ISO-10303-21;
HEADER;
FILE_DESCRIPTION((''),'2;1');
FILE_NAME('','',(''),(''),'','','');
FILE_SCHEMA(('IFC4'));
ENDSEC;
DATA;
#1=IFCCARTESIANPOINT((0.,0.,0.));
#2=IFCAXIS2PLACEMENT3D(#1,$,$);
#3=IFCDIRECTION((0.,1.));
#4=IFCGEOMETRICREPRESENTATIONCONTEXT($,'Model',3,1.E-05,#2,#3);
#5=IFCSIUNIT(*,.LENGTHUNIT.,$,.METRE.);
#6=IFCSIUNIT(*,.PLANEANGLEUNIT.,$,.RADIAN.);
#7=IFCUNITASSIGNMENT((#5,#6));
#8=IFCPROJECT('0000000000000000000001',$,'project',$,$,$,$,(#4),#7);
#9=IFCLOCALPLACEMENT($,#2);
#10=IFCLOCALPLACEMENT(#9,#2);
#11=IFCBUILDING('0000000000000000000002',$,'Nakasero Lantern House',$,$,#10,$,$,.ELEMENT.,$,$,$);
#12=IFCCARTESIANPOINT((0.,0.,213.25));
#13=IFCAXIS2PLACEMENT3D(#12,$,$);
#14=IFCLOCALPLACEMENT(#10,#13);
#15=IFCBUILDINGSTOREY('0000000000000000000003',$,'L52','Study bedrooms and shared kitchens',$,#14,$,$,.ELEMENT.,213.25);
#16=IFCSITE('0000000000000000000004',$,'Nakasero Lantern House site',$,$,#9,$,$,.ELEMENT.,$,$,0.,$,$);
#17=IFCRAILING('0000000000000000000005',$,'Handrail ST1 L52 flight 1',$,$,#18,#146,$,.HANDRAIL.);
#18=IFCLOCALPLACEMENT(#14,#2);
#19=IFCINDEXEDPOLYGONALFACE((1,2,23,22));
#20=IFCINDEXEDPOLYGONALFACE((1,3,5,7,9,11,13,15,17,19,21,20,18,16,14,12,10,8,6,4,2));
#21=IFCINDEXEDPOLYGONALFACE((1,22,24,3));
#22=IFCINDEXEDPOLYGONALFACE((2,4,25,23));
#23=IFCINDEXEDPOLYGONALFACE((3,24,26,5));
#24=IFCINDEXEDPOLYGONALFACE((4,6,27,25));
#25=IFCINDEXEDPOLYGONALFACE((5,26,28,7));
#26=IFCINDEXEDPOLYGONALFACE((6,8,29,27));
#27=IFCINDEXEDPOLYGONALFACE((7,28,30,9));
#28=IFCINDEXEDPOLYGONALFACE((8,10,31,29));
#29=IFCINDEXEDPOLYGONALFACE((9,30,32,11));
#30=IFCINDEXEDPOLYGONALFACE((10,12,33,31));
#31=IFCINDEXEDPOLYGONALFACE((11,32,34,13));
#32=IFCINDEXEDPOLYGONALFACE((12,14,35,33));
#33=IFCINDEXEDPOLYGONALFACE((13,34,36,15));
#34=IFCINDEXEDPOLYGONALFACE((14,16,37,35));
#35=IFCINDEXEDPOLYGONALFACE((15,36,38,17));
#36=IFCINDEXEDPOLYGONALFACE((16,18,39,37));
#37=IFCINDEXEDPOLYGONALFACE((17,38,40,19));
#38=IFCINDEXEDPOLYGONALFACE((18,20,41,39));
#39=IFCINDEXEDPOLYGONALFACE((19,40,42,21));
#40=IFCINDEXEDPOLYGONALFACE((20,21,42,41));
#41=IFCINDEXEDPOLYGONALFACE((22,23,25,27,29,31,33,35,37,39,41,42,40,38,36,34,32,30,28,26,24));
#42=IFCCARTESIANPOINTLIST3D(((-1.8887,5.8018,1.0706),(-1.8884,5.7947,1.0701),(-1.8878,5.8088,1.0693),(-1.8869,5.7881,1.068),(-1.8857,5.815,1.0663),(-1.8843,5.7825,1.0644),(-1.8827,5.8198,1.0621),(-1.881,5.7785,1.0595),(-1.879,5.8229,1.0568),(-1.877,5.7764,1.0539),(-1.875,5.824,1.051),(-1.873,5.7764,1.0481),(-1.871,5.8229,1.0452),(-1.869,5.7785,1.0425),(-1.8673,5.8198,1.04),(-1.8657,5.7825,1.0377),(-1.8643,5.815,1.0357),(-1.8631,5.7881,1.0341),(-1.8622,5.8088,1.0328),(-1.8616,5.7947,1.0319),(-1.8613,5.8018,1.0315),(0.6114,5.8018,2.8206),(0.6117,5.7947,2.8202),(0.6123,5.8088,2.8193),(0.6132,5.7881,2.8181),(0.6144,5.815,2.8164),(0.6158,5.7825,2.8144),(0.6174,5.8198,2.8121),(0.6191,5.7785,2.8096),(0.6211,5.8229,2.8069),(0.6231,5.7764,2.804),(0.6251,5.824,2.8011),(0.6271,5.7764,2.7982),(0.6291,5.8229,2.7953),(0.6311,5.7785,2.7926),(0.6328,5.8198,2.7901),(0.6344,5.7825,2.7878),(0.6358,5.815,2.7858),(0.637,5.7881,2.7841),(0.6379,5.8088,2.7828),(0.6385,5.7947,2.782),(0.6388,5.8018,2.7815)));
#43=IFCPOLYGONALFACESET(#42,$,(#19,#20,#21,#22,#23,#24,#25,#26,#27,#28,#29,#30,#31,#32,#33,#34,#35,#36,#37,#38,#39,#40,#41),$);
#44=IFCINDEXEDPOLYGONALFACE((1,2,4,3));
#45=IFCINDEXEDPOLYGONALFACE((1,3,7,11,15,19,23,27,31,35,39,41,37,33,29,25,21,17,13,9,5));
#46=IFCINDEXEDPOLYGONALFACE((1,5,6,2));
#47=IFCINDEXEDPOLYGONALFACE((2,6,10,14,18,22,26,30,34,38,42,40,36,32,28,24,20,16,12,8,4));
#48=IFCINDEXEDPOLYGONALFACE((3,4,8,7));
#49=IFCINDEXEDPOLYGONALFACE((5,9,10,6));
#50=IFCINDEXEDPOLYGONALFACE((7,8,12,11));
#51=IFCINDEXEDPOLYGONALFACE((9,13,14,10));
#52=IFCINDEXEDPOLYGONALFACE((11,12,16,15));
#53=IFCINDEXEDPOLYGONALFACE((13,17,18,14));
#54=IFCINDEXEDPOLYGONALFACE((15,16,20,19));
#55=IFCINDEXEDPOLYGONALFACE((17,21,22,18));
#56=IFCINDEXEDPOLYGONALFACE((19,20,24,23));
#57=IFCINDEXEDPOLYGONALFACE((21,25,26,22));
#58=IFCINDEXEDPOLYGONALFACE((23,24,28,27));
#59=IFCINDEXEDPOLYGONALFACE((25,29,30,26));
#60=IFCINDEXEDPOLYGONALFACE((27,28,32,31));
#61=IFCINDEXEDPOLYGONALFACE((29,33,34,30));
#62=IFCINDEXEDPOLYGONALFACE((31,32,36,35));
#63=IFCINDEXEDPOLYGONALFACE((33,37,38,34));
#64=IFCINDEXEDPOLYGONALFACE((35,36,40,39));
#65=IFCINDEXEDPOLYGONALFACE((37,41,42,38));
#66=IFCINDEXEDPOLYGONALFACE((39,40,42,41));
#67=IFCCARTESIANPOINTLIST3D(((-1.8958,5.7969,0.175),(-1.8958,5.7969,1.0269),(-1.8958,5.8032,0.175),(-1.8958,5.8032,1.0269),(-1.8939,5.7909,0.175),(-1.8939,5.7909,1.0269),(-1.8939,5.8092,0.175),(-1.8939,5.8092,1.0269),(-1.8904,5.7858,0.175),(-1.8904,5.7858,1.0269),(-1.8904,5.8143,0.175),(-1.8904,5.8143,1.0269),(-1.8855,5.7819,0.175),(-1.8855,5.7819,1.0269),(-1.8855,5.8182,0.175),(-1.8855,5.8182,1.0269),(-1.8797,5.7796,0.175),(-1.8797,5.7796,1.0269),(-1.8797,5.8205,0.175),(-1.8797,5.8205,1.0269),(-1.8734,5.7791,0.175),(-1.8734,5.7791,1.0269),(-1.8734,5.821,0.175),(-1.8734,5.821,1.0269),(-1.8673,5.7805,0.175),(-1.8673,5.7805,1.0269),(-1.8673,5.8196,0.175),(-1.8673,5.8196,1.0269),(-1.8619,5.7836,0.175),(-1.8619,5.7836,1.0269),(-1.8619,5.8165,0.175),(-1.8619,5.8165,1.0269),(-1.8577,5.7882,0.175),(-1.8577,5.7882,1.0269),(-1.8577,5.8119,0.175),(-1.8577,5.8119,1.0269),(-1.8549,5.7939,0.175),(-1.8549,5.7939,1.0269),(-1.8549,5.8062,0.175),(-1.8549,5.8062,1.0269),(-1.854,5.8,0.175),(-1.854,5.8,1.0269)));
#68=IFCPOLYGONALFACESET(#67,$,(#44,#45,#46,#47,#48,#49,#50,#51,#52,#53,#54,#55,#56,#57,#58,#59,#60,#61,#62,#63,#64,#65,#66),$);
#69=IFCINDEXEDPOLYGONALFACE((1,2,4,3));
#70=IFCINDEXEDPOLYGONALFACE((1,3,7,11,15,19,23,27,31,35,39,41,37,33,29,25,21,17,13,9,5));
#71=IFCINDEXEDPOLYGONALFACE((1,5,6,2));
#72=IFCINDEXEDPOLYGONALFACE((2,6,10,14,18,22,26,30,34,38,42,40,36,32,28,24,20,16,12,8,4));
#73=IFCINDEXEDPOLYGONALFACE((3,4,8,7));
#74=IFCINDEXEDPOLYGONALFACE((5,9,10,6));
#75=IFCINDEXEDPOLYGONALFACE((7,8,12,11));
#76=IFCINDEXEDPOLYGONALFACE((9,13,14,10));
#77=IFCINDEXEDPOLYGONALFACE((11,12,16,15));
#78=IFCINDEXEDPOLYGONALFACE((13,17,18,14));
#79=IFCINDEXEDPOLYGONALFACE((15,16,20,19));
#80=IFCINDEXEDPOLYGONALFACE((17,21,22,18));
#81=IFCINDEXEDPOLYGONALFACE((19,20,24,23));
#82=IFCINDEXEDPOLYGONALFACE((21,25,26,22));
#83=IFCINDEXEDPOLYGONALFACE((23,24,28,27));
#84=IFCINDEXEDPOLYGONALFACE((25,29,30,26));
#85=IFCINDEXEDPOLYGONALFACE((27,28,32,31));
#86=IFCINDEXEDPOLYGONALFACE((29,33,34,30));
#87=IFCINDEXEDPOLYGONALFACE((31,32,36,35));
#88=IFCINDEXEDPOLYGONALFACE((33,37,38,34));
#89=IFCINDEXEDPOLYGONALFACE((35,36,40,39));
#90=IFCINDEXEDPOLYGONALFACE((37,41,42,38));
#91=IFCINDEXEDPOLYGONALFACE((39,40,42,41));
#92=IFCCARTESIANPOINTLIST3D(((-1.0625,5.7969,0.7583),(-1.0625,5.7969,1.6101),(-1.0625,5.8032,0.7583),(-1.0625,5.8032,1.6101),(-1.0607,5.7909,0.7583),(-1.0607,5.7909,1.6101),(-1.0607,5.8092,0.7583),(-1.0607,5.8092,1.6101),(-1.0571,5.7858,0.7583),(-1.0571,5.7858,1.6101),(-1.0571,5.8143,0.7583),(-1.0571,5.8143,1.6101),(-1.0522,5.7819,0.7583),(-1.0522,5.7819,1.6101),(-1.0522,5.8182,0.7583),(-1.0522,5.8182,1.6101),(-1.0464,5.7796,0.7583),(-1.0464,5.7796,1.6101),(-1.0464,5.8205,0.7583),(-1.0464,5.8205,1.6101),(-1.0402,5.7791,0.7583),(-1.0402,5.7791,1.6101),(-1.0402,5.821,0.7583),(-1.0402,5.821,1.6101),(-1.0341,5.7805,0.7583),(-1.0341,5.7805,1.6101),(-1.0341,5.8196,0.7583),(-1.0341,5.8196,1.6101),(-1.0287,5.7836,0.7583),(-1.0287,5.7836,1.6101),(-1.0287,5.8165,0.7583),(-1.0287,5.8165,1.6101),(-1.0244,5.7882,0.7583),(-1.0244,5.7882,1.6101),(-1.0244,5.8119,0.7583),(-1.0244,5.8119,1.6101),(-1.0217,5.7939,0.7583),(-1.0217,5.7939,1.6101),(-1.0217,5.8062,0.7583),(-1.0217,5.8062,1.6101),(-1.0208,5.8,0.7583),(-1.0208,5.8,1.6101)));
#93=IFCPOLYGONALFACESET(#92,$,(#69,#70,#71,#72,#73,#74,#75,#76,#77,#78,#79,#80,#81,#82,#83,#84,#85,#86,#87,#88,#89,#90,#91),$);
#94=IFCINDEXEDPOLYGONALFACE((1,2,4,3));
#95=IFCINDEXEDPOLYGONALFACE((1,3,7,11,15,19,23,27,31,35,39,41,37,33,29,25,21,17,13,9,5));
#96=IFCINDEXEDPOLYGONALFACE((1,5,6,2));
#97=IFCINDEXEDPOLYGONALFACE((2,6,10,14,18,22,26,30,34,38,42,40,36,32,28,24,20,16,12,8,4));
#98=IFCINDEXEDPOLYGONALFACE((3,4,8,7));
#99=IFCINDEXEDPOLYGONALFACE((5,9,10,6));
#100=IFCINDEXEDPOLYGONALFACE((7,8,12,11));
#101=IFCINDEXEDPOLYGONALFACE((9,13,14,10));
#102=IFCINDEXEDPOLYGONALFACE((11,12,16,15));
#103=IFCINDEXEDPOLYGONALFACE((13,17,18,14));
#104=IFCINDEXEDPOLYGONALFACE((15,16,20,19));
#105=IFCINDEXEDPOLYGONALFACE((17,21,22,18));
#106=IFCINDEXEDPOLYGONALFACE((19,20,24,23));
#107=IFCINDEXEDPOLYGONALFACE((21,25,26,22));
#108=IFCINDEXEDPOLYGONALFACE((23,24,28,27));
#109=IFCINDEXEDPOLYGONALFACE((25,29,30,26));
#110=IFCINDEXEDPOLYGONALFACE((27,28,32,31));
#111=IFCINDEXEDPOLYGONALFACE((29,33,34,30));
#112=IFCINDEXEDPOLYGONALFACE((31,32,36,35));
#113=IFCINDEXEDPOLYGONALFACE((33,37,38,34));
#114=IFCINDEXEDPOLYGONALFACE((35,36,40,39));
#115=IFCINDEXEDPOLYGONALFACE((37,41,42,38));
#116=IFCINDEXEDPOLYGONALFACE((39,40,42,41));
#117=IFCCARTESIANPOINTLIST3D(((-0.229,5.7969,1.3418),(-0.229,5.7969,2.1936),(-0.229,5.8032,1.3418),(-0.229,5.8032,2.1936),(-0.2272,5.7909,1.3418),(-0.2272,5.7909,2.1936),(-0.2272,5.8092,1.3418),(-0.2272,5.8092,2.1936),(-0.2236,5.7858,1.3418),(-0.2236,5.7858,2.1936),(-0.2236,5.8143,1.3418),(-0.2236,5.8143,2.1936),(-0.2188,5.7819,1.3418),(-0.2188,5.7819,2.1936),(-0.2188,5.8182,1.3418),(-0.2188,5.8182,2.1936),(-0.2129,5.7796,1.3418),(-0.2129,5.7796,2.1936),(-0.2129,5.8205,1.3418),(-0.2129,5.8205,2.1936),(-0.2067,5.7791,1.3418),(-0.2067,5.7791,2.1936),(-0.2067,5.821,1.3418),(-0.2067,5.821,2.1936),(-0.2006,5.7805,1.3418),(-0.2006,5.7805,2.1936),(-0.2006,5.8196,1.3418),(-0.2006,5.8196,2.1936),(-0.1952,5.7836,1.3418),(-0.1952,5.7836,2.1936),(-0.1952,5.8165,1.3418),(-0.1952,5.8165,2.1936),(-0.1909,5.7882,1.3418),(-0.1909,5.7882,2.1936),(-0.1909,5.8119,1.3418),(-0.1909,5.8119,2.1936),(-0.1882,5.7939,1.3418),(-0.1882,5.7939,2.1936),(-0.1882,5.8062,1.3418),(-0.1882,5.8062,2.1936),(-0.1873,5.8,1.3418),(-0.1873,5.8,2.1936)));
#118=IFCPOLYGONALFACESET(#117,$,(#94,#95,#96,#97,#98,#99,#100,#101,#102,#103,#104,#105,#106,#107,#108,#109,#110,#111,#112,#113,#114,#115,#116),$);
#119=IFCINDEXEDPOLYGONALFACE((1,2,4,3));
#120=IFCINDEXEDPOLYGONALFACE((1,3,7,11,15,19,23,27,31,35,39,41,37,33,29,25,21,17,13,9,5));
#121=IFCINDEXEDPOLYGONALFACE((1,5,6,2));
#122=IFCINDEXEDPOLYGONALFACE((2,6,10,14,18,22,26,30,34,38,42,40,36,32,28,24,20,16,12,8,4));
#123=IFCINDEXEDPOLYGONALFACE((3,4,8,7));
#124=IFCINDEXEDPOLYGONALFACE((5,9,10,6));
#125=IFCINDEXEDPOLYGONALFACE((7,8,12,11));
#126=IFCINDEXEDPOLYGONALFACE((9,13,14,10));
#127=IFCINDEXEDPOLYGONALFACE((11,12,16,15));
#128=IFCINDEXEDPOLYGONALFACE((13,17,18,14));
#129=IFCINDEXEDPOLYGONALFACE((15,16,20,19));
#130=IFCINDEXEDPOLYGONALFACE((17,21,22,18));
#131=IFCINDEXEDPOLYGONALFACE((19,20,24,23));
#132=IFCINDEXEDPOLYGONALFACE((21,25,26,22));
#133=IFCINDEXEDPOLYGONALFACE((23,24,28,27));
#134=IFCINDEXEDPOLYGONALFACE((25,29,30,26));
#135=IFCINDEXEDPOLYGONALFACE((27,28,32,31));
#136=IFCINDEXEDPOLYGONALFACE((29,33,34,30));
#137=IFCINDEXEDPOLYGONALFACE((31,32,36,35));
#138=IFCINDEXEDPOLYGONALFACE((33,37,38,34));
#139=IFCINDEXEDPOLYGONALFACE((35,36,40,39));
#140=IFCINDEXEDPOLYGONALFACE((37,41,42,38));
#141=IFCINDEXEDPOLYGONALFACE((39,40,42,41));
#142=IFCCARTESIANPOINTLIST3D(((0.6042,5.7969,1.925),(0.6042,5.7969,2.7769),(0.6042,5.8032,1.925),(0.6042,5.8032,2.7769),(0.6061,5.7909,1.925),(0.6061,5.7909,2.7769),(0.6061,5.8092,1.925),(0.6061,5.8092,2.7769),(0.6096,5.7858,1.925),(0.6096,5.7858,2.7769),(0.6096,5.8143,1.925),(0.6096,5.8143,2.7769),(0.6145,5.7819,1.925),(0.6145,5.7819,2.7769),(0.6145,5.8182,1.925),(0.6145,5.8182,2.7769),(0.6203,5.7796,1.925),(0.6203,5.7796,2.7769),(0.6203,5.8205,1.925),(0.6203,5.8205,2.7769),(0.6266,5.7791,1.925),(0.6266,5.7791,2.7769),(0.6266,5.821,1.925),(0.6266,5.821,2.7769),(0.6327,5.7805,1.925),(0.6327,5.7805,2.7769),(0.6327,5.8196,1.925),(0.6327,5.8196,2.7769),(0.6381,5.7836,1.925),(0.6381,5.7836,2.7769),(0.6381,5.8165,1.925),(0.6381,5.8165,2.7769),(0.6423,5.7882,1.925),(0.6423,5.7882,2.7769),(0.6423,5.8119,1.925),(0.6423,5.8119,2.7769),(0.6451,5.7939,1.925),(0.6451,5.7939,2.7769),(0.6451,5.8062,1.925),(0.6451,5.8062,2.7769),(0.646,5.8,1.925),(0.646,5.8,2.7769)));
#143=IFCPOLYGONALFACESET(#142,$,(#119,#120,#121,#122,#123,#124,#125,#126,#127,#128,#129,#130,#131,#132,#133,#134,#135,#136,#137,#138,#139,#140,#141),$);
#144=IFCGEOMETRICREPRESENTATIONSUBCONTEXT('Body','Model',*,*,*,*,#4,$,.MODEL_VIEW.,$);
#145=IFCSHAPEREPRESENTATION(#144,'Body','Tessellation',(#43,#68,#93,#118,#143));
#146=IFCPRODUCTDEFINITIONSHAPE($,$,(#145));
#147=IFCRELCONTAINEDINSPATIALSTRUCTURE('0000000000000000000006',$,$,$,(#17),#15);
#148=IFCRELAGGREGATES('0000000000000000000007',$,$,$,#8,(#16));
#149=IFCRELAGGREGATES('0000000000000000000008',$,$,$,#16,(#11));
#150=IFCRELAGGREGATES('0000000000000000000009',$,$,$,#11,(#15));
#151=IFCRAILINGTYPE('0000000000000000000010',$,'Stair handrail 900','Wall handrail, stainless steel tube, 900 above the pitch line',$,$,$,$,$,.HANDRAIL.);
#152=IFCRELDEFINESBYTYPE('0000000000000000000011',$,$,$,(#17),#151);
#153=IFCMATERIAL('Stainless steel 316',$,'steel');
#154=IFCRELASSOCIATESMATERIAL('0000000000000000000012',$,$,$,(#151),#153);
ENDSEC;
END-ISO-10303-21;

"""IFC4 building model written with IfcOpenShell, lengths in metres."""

from ifc_helpers import new_model, si_unit, direction, frame, origin, origin_2d, place, context, subcontext, project, spatial, circle, extrude, material, type_object, element, save


model = new_model("IFC4")

# Units and contexts
model_context = context("Model", 3, precision=1e-05, world=origin(), true_north=direction((0.0, 1.0)))
body_context = subcontext(model_context, "Body", "Model", "MODEL_VIEW")
ifc_project = project(units=[si_unit("LENGTHUNIT", "METRE"), si_unit("PLANEANGLEUNIT", "RADIAN")], contexts=[model_context])

# Site, building, storey
site_placement = place(None, origin())
site = spatial("IfcSite", under=ifc_project, at=site_placement, Name="Nakasero Lantern House site", CompositionType="ELEMENT", RefElevation=0.0)
building_placement = place(site_placement, origin())
building = spatial("IfcBuilding", under=site, at=building_placement, Name="Nakasero Lantern House", CompositionType="ELEMENT")
storey_placement = place(building_placement, frame((0.0, 0.0, 213.25)))
storey = spatial("IfcBuildingStorey", under=building, at=storey_placement, Name="L52", Description="Study bedrooms and shared kitchens", CompositionType="ELEMENT", Elevation=213.25)

# Railing
ifc_material_1 = material(Name="Stainless steel 316", Category="steel")
railing_type = type_object("IfcRailingType", Name="Stair handrail 900", Description="Wall handrail, stainless steel tube, 900 above the pitch line", PredefinedType="HANDRAIL", material=ifc_material_1)
railing_placement = place(storey_placement, frame((-1.875, 5.8, 0.175)))
element("IfcRailing", 1, at=railing_placement, inside=storey, type_object=railing_type, Name="Handrail ST1 L52 flight 1", PredefinedType="HANDRAIL", context=body_context, shape_type="SweptSolid", body=[
    extrude(circle(Radius=0.0239, at=origin_2d()), frame((0.0, 0.0, 0.876), z_axis=(0.819232, 0.0, 0.573462), x_axis=(0.0, 1.0, 0.0)), (0.0, 0.0, 1.0), 3.0518),
    extrude(circle(Radius=0.021, at=origin_2d()), origin(), (0.0, 0.0, 1.0), 0.8518),
    extrude(circle(Radius=0.021, at=origin_2d()), frame((0.8333, 0.0, 0.5833)), (0.0, 0.0, 1.0), 0.8518),
    extrude(circle(Radius=0.021, at=origin_2d()), frame((1.6667, 0.0, 1.1667)), (0.0, 0.0, 1.0), 0.8518),
    extrude(circle(Radius=0.021, at=origin_2d()), frame((2.5, 0.0, 1.75)), (0.0, 0.0, 1.0), 0.8518),
])

save(model, "model.ifc")
